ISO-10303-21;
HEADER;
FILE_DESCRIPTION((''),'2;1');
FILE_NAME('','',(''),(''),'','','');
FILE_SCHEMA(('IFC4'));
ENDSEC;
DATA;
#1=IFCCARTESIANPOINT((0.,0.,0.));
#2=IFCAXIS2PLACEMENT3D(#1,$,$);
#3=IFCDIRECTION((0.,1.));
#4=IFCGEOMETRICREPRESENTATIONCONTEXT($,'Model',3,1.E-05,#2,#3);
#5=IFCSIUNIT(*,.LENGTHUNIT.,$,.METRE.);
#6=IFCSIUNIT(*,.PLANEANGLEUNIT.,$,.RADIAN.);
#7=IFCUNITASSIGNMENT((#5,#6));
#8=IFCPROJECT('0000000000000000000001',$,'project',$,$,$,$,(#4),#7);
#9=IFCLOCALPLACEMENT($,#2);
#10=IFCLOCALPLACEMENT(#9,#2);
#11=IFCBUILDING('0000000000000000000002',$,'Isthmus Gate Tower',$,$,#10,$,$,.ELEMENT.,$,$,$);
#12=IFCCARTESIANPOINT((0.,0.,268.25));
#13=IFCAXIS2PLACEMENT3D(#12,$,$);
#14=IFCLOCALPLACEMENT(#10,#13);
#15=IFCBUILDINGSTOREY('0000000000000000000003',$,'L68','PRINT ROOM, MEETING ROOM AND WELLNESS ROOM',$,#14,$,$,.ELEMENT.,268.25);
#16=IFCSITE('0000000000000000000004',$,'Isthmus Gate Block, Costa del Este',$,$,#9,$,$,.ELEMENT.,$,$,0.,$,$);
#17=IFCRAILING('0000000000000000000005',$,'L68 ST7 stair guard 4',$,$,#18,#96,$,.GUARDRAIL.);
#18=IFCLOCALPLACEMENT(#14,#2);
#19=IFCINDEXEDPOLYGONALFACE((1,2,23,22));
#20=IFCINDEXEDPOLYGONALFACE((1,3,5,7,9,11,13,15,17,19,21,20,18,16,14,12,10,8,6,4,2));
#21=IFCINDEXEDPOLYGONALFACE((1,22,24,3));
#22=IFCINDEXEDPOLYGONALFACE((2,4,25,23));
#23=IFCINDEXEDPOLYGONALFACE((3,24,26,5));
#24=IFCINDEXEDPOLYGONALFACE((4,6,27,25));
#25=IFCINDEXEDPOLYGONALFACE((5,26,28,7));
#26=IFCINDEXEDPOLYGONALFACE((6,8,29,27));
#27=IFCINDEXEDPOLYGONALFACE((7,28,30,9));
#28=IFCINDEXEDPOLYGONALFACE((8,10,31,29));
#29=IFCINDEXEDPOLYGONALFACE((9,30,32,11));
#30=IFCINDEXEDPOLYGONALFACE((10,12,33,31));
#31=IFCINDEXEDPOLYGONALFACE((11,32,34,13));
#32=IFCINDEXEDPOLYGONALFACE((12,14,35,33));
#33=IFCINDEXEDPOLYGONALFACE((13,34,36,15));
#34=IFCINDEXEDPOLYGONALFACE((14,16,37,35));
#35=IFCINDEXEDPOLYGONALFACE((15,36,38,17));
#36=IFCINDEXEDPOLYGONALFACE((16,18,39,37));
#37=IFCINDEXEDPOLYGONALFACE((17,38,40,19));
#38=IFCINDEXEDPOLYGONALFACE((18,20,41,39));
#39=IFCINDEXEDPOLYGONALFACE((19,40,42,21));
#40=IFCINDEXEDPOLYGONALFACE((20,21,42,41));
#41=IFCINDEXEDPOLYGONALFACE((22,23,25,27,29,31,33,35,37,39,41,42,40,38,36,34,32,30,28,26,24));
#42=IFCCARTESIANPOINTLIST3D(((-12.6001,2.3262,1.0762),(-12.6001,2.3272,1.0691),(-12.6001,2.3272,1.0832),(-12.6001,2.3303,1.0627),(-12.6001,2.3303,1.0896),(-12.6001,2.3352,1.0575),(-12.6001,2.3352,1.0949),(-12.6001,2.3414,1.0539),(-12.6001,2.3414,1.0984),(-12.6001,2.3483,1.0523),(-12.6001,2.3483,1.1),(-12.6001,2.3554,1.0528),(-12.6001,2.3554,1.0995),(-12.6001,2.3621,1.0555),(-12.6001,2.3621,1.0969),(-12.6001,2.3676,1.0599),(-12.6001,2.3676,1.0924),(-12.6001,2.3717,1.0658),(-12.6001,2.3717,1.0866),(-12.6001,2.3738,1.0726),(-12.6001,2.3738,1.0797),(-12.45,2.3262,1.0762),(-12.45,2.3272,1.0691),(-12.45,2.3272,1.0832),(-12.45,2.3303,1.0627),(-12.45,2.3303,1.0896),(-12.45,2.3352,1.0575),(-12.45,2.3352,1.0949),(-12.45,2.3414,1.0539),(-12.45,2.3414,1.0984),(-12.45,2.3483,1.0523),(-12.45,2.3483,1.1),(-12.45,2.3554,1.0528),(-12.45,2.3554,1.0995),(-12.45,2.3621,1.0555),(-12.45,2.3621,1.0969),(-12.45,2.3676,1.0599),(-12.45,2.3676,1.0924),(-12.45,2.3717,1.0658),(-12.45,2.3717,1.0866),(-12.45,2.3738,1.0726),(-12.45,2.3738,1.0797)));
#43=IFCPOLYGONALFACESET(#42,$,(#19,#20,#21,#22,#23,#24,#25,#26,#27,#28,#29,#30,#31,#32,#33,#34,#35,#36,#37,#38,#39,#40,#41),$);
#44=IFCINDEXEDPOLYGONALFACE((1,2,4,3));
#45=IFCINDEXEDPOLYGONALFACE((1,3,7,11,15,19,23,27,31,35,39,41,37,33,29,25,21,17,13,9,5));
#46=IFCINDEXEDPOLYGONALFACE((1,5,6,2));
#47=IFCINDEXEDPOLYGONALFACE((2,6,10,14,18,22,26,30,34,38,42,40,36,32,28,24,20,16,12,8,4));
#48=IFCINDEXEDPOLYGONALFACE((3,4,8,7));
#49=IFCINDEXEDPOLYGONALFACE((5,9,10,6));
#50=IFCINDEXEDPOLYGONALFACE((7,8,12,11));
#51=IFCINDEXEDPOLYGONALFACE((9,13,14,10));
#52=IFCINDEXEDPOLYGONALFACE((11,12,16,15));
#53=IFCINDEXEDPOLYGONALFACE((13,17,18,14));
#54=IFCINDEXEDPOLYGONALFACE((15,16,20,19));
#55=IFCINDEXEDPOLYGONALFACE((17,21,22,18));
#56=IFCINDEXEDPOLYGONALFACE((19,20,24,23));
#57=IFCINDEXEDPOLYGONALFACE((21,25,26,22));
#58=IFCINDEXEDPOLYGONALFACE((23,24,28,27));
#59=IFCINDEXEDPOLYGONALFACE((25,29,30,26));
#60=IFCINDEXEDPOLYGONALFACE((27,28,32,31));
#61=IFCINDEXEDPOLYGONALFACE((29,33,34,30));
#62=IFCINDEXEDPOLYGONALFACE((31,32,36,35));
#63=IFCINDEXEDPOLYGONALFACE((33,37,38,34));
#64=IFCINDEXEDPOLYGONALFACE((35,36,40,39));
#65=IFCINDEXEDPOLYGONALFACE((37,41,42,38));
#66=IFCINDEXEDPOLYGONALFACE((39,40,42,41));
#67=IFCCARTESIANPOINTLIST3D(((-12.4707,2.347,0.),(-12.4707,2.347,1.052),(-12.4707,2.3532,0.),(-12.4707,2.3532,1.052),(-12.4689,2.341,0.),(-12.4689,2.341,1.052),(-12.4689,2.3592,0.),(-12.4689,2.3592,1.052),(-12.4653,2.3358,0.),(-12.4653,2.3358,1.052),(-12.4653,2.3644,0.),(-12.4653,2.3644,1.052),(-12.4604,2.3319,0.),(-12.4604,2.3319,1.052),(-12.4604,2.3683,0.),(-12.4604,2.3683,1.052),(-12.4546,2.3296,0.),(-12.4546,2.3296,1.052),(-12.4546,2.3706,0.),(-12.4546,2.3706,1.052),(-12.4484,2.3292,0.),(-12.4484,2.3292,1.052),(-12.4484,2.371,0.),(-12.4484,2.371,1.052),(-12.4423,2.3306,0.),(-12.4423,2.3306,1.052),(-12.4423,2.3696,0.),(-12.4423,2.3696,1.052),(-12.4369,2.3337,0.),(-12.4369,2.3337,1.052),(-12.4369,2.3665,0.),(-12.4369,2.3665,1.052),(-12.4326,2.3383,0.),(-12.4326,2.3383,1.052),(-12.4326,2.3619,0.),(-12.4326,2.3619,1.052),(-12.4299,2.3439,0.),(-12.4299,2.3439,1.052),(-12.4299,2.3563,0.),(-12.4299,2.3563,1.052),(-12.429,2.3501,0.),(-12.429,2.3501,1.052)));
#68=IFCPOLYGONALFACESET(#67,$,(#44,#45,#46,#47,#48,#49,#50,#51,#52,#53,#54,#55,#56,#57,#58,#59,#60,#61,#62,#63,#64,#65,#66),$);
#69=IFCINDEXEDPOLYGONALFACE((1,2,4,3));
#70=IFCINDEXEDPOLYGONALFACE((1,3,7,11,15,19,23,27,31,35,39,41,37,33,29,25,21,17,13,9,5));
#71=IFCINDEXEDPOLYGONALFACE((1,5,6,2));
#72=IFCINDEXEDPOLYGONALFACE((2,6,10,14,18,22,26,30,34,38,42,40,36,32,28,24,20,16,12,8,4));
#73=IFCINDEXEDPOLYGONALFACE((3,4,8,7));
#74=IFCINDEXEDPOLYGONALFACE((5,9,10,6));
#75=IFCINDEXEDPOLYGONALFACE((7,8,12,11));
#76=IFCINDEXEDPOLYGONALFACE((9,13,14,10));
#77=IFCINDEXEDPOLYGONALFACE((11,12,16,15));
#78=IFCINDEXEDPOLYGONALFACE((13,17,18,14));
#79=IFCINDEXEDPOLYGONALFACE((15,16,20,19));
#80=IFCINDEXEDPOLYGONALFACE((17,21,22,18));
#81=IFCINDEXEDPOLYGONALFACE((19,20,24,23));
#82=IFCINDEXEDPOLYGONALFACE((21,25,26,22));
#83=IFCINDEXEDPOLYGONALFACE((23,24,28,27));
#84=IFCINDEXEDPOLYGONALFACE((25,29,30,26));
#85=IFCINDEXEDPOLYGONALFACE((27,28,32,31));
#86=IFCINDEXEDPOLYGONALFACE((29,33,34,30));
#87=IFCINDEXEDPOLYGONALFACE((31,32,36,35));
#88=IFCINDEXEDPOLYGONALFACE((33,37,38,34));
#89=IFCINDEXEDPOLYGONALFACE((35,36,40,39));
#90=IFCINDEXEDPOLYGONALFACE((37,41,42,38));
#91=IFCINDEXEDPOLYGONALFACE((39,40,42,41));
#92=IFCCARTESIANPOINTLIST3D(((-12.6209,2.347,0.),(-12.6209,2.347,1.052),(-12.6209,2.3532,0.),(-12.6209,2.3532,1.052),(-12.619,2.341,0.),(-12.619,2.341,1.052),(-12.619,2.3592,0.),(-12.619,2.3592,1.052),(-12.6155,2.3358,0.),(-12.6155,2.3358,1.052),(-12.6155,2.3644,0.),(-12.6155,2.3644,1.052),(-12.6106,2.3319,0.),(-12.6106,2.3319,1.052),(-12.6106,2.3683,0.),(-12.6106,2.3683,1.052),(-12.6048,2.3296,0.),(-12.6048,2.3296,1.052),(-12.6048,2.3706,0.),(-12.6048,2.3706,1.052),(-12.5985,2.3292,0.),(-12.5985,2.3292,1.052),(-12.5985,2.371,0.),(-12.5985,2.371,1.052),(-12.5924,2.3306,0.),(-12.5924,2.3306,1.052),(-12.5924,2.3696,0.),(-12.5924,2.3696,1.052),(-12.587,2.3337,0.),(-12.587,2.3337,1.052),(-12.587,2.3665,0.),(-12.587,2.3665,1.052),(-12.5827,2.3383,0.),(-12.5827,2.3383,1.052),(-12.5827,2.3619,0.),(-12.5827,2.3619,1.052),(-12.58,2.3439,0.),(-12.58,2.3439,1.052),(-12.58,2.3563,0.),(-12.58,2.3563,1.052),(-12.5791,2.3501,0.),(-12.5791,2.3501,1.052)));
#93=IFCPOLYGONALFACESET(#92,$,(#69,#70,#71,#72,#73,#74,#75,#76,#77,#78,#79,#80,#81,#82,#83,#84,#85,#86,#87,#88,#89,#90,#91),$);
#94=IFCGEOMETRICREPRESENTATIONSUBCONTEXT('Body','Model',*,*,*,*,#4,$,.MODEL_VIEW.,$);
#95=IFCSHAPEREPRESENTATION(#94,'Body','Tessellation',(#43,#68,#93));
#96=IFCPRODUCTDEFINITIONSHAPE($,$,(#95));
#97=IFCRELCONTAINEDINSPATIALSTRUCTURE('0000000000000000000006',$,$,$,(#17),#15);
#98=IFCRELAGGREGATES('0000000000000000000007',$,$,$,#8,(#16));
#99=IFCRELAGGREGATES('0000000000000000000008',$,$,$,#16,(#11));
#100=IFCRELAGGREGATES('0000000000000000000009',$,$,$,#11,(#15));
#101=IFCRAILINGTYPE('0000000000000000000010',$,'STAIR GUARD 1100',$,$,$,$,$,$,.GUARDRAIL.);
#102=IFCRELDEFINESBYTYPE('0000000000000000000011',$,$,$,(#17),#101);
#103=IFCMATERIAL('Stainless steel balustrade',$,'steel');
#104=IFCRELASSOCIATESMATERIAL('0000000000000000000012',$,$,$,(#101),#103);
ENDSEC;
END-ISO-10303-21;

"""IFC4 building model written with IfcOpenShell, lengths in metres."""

from ifc_helpers import new_model, si_unit, direction, frame, origin, origin_2d, place, context, subcontext, project, spatial, circle, extrude, material, type_object, element, save


model = new_model("IFC4")

# Units and contexts
model_context = context("Model", 3, precision=1e-05, world=origin(), true_north=direction((0.0, 1.0)))
body_context = subcontext(model_context, "Body", "Model", "MODEL_VIEW")
ifc_project = project(units=[si_unit("LENGTHUNIT", "METRE"), si_unit("PLANEANGLEUNIT", "RADIAN")], contexts=[model_context])

# Site, building, storey
site_placement = place(None, origin())
site = spatial("IfcSite", under=ifc_project, at=site_placement, Name="Isthmus Gate Block, Costa del Este", CompositionType="ELEMENT", RefElevation=0.0)
building_placement = place(site_placement, origin())
building = spatial("IfcBuilding", under=site, at=building_placement, Name="Isthmus Gate Tower", CompositionType="ELEMENT")
storey_placement = place(building_placement, frame((0.0, 0.0, 268.25)))
storey = spatial("IfcBuildingStorey", under=building, at=storey_placement, Name="L68", Description="PRINT ROOM, MEETING ROOM AND WELLNESS ROOM", CompositionType="ELEMENT", Elevation=268.25)

# Railing
ifc_material_1 = material(Name="Stainless steel balustrade", Category="steel")
railing_type_1 = type_object("IfcRailingType", Name="STAIR GUARD 1100", PredefinedType="GUARDRAIL", material=ifc_material_1)
railing_1_placement = place(storey_placement, frame((-12.45, 2.3501, 0.0)))
element("IfcRailing", 1, at=railing_1_placement, inside=storey, type_object=railing_type_1, Name="L68 ST7 stair guard 4", PredefinedType="GUARDRAIL", context=body_context, shape_type="SweptSolid", body=[
    extrude(circle(Radius=0.0239, at=origin_2d()), frame((0.0, 0.0, 1.0762), z_axis=(-1.0, 0.0, 0.0), x_axis=(0.0, -1.0, 0.0)), (0.0, 0.0, 1.0), 0.1501),
    extrude(circle(Radius=0.021, at=origin_2d()), origin(), (0.0, 0.0, 1.0), 1.052),
    extrude(circle(Radius=0.021, at=origin_2d()), frame((-0.1501, 0.0, 0.0)), (0.0, 0.0, 1.0), 1.052),
])

save(model, "model.ifc")
